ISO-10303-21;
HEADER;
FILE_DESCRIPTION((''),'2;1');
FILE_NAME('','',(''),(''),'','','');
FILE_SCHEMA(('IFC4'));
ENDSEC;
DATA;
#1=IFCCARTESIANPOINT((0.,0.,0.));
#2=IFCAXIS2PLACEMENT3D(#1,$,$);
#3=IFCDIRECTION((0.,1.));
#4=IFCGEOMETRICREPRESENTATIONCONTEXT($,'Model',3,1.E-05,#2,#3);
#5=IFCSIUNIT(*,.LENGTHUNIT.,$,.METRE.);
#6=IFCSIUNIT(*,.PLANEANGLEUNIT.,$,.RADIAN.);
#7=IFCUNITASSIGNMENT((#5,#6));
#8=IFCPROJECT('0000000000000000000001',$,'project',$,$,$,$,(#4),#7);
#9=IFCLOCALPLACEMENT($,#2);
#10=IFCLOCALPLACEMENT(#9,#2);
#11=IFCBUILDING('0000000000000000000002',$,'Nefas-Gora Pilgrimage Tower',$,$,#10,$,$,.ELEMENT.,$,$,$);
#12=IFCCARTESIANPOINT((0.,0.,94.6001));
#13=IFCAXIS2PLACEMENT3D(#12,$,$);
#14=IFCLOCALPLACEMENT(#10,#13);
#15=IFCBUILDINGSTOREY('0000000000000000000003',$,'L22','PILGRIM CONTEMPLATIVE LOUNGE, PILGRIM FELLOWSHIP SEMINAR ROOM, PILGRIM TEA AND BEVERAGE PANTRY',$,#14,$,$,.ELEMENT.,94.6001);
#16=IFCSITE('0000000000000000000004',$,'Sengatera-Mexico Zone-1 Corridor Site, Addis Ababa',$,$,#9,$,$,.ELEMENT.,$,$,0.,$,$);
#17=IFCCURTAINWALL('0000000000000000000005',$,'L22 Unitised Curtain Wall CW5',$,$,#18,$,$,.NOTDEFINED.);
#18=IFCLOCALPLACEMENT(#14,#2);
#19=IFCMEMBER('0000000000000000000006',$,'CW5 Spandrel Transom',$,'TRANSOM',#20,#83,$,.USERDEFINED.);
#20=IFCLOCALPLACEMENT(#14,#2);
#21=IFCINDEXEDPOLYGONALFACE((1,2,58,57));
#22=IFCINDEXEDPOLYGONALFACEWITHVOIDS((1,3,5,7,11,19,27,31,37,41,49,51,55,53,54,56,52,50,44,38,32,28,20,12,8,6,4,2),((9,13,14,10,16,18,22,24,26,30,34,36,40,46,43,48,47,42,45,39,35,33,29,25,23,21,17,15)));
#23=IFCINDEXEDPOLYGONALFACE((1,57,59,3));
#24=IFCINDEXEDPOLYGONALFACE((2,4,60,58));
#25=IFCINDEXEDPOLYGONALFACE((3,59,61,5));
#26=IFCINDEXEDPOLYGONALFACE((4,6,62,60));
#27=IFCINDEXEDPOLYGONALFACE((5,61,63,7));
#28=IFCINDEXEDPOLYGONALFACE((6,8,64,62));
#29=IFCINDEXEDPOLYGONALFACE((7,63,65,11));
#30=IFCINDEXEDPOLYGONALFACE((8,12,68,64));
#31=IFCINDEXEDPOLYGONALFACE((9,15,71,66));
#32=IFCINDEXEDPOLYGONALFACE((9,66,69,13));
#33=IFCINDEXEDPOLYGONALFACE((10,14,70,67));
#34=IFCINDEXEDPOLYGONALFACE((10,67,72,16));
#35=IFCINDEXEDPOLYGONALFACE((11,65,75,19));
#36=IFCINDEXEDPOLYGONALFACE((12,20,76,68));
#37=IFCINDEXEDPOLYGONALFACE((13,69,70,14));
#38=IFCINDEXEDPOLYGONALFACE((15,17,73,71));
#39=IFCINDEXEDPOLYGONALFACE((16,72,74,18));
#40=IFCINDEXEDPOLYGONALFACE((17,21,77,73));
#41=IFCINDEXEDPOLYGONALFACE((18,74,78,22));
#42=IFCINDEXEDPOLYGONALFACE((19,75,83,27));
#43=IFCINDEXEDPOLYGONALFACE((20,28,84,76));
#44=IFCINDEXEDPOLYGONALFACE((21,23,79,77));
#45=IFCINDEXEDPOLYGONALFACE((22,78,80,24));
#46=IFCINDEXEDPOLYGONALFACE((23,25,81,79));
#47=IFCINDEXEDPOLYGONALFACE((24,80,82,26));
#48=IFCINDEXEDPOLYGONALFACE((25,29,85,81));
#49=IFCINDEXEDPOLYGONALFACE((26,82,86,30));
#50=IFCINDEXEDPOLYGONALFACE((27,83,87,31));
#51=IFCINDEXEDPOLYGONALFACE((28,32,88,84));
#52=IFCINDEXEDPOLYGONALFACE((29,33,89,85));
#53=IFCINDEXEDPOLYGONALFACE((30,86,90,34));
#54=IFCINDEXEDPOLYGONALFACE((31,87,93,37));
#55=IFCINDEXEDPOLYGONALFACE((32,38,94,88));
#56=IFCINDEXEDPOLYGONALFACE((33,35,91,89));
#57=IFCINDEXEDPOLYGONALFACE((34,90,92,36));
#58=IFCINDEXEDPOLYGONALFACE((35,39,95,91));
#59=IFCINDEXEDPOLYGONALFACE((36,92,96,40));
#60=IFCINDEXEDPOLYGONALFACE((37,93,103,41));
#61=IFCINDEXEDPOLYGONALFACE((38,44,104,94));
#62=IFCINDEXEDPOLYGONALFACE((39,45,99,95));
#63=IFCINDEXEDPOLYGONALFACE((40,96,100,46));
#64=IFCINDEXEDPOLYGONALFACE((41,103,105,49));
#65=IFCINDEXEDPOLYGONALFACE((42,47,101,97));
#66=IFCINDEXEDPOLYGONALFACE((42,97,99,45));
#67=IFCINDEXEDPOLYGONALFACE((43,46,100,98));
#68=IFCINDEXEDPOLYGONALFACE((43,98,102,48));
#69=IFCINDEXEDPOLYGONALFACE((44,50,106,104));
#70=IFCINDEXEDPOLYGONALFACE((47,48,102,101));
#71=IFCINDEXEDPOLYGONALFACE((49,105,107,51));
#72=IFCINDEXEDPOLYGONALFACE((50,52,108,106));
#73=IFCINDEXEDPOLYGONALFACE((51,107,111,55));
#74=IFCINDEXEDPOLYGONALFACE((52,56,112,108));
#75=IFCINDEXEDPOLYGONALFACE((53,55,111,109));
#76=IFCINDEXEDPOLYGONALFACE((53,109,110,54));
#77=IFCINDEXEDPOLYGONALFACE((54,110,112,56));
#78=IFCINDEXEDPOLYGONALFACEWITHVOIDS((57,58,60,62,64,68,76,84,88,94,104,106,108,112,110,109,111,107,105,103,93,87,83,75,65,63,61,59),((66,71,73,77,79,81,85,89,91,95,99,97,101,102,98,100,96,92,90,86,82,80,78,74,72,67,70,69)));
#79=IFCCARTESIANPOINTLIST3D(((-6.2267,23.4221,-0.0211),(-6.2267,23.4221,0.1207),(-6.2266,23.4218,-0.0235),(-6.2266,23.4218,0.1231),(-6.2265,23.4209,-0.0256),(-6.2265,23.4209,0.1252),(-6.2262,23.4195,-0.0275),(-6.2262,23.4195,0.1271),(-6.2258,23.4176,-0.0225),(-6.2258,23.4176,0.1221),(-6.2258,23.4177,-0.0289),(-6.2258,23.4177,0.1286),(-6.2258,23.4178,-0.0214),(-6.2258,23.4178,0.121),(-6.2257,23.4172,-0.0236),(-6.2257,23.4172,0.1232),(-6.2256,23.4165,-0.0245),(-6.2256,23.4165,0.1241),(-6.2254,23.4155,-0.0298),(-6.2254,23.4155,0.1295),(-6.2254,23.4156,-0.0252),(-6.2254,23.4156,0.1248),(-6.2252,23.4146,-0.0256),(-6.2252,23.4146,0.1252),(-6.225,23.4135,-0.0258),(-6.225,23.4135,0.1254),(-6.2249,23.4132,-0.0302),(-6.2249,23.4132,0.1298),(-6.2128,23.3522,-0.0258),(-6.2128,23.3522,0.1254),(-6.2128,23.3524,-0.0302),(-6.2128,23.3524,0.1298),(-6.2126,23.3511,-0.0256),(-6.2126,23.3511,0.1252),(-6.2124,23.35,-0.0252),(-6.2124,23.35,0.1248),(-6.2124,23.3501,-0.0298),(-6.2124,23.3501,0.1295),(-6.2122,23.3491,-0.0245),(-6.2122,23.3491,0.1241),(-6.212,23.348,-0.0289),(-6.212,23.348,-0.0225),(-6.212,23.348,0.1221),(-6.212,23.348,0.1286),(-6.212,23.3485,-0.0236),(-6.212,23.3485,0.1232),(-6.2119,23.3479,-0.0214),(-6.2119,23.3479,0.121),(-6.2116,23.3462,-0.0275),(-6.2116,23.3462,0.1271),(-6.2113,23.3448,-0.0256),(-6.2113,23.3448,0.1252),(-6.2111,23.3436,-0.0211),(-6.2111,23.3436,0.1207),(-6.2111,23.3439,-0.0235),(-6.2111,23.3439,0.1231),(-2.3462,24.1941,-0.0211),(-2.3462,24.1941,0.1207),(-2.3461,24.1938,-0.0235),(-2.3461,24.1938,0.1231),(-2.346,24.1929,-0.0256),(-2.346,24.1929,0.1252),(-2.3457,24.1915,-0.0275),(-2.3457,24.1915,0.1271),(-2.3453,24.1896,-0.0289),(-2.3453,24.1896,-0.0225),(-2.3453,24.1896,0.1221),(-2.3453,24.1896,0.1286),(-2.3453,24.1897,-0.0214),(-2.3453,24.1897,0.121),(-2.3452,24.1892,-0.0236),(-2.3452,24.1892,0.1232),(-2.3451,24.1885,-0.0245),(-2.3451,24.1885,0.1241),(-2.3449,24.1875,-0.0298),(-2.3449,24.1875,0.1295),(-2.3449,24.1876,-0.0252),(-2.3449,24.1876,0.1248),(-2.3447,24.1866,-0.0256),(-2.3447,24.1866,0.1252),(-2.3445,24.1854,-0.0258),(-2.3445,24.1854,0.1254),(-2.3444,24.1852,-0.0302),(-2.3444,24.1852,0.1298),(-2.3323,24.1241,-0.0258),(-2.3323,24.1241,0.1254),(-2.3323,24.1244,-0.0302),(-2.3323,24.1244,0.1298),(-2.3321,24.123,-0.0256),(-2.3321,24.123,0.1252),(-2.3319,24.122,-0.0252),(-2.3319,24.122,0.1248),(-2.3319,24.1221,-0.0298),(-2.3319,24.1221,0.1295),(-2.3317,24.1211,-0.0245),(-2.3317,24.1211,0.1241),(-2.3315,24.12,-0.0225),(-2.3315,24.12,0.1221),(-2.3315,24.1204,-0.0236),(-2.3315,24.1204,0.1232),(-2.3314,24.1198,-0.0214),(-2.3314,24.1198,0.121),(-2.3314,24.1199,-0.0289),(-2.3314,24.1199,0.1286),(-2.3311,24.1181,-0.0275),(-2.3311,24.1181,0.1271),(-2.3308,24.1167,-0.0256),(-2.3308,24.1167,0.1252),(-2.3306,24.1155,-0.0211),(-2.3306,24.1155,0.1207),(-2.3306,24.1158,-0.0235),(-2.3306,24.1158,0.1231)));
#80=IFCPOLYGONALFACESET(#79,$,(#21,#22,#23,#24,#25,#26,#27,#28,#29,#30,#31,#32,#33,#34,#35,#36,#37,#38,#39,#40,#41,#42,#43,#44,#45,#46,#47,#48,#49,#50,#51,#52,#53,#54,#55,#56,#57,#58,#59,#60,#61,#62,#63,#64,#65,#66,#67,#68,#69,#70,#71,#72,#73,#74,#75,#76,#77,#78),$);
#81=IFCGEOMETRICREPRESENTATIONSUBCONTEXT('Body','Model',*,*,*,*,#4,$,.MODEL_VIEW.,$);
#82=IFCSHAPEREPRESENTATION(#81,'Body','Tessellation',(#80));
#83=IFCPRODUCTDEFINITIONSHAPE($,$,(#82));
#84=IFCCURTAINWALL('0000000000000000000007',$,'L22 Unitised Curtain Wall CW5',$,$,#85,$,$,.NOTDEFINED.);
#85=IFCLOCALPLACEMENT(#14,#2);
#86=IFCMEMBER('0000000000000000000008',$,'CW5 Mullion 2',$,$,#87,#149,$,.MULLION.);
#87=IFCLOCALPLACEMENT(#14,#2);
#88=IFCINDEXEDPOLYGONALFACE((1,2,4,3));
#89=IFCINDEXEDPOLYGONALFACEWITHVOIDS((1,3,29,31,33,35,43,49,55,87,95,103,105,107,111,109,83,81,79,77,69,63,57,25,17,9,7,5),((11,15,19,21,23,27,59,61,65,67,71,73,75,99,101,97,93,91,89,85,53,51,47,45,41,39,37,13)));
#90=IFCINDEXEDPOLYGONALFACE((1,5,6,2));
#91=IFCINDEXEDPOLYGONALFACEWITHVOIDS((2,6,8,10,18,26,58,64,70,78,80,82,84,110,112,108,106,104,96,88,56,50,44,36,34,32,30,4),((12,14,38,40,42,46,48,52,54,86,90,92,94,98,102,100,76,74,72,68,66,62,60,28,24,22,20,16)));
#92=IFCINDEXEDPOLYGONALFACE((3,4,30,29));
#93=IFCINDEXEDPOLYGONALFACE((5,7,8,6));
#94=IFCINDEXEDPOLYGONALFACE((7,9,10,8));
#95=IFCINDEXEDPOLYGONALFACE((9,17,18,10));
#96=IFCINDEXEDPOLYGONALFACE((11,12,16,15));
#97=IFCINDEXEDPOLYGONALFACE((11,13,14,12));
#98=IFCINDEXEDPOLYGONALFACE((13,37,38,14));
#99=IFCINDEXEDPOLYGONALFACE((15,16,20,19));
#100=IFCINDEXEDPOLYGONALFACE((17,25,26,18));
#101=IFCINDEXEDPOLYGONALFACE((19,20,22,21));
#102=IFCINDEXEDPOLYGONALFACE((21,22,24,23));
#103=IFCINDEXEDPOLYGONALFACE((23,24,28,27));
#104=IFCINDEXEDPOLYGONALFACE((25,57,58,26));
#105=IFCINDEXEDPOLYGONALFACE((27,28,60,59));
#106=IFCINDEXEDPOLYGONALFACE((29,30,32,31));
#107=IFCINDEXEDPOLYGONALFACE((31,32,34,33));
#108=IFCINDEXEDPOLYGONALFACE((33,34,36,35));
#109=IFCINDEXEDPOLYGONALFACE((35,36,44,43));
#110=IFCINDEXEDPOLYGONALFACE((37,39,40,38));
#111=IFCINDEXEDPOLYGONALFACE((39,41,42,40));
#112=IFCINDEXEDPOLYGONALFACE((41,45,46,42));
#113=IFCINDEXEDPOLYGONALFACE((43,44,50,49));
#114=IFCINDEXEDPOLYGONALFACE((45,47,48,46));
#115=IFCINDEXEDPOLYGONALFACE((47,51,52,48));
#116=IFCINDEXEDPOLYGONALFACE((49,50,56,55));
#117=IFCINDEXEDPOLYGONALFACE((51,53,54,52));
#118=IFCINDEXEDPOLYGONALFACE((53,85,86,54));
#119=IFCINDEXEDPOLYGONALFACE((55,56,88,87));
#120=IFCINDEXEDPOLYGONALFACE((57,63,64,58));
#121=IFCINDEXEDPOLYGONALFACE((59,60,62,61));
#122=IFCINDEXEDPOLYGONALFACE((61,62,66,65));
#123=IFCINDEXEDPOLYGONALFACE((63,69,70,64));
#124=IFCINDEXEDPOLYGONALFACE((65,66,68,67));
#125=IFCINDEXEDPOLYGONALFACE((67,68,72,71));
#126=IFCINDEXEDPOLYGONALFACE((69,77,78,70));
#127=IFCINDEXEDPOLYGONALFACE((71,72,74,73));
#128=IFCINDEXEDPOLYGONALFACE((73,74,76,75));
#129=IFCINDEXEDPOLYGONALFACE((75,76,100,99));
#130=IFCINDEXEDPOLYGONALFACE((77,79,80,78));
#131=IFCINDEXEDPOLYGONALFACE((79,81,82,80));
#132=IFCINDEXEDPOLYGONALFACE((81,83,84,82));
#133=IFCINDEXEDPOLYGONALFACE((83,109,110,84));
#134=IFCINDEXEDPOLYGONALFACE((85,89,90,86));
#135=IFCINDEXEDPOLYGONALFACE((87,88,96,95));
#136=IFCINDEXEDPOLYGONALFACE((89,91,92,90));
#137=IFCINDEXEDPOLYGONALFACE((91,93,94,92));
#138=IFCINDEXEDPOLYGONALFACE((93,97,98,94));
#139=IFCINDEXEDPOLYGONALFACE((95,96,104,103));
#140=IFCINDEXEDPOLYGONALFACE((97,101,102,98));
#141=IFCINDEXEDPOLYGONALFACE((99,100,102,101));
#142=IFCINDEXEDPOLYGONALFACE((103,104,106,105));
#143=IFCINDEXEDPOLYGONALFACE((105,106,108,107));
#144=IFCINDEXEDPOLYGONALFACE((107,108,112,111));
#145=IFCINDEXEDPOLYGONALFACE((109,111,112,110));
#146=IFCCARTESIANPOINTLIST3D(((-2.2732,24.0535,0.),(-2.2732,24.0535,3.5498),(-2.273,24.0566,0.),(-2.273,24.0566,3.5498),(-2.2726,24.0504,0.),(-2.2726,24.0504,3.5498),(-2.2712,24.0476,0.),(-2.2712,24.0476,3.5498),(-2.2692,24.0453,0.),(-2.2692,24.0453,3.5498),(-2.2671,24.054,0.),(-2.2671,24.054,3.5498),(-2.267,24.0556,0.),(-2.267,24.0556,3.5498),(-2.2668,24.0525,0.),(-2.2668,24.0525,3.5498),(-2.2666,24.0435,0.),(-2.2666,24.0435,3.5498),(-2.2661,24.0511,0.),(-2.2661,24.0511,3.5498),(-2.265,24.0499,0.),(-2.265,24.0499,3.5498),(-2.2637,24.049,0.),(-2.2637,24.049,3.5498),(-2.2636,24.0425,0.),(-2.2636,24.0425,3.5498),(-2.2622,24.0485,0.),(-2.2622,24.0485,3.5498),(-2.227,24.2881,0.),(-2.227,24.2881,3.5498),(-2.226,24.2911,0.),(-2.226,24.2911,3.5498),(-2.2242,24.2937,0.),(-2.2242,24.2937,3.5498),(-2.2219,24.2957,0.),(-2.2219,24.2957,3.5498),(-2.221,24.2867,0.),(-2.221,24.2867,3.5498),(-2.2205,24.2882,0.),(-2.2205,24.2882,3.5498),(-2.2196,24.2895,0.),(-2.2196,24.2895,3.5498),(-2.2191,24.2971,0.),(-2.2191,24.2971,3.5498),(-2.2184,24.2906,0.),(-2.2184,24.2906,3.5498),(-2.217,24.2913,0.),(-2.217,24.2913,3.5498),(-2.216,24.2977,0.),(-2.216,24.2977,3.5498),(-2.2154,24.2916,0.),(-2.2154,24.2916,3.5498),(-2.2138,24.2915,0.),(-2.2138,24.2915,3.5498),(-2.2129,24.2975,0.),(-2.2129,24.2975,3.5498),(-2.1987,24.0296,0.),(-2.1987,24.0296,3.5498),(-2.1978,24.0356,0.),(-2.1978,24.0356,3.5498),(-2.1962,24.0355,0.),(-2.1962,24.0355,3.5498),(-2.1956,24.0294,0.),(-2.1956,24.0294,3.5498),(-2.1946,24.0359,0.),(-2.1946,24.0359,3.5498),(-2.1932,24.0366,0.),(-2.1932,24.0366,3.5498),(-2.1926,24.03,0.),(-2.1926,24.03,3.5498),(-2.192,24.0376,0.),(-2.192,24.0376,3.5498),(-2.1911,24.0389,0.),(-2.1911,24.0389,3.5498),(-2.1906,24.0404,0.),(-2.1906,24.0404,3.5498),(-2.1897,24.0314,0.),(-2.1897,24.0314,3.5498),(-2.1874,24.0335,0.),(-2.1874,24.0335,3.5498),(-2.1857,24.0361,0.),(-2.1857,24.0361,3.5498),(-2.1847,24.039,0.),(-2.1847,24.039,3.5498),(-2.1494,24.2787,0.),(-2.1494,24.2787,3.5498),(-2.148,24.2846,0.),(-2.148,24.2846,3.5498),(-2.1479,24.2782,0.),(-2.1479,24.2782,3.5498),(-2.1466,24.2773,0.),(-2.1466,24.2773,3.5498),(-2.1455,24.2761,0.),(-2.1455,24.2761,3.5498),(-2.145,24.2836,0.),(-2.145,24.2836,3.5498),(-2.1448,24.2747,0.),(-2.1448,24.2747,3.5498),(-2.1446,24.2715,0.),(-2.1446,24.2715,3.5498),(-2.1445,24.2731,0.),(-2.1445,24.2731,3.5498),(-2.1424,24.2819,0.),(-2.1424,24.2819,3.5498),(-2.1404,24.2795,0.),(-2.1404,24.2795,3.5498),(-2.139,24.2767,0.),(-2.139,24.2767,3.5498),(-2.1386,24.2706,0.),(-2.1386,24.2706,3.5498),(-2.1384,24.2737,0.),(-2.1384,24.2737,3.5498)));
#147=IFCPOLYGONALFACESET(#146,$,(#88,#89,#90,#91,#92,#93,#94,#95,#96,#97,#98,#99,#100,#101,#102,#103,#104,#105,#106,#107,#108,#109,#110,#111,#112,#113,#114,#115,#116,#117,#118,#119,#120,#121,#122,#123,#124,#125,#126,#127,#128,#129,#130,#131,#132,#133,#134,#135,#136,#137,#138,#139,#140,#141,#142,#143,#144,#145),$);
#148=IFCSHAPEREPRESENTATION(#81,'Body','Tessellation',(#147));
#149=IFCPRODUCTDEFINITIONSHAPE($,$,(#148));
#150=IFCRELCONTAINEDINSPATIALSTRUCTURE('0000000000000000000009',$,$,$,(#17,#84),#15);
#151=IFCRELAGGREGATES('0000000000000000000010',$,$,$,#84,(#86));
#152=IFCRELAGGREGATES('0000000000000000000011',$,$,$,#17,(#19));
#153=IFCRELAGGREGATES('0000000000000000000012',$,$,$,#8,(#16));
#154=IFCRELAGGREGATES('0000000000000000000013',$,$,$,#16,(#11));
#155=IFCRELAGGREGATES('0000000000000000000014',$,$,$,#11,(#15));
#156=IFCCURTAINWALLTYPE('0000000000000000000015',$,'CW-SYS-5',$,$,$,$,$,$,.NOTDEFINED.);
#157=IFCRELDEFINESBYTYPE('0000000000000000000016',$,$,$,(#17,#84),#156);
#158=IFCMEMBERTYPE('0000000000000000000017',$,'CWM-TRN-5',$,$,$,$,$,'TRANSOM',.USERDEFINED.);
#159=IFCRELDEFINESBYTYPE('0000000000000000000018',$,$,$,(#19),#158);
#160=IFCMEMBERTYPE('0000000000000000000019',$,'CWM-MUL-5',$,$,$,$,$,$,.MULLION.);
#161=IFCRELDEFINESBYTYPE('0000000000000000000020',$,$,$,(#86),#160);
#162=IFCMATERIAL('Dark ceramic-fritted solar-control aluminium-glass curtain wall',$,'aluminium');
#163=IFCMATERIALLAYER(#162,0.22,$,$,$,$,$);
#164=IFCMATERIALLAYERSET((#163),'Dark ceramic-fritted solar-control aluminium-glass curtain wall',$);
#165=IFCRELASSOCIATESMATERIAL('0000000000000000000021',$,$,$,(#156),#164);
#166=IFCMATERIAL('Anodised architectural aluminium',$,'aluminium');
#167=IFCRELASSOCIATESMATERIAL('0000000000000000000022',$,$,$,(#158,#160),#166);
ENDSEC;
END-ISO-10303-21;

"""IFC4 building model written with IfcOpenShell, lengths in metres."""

from ifc_helpers import new_model, si_unit, direction, frame, origin, origin_2d, place, context, subcontext, project, spatial, hollow_rectangle, extrude, source, transform, mapped, material, layer, layer_set, material_profile, profile_set, type_object, element, aggregate, save


model = new_model("IFC4")

# Units and contexts
model_context = context("Model", 3, precision=1e-05, world=origin(), true_north=direction((0.0, 1.0)))
body_context = subcontext(model_context, "Body", "Model", "MODEL_VIEW")
ifc_project = project(units=[si_unit("LENGTHUNIT", "METRE"), si_unit("PLANEANGLEUNIT", "RADIAN")], contexts=[model_context])

# Site, building, storey
site_placement = place(None, origin())
site = spatial("IfcSite", under=ifc_project, at=site_placement, Name="Sengatera-Mexico Zone-1 Corridor Site, Addis Ababa", CompositionType="ELEMENT", RefElevation=0.0)
building_placement = place(site_placement, origin())
building = spatial("IfcBuilding", under=site, at=building_placement, Name="Nefas-Gora Pilgrimage Tower", CompositionType="ELEMENT")
storey_placement = place(building_placement, frame((0.0, 0.0, 94.6001)))
storey = spatial("IfcBuildingStorey", under=building, at=storey_placement, Name="L22", Description="PILGRIM CONTEMPLATIVE LOUNGE, PILGRIM FELLOWSHIP SEMINAR ROOM, PILGRIM TEA AND BEVERAGE PANTRY", CompositionType="ELEMENT", Elevation=94.6001)

# Curtain walls, members
ifc_material_1 = material(Name="Dark ceramic-fritted solar-control aluminium-glass curtain wall", Category="aluminium")
ifc_layer_1 = layer(ifc_material_1, 0.22)
ifc_layer_set_1 = layer_set([ifc_layer_1], Name="Dark ceramic-fritted solar-control aluminium-glass curtain wall")
curtain_wall_type = type_object("IfcCurtainWallType", Name="CW-SYS-5", PredefinedType="NOTDEFINED", material=ifc_layer_set_1)
ifc_material_2 = material(Name="Anodised architectural aluminium", Category="aluminium")
ifc_material_profile_1 = material_profile(ifc_material_2, hollow_rectangle(XDim=0.0801, YDim=0.1599, WallThickness=0.0044, InnerFilletRadius=0.0044, OuterFilletRadius=0.009, at=origin_2d()), Name="ALU TRANSOM 80x160")
ifc_profile_set_1 = profile_set([ifc_material_profile_1], Name="Anodised architectural aluminium")
member_type_1 = type_object("IfcMemberType", Name="CWM-TRN-5", ElementType="TRANSOM", PredefinedType="USERDEFINED", material=ifc_profile_set_1)
curtain_wall_1_placement = place(storey_placement, origin())
curtain_wall_1 = element("IfcCurtainWall", 1, at=curtain_wall_1_placement, inside=storey, type_object=curtain_wall_type, Name="L22 Unitised Curtain Wall CW5", PredefinedType="NOTDEFINED")
shared_shape_1 = source(origin(), body_context, "Body", "SweptSolid", [
    extrude(hollow_rectangle(XDim=0.0801, YDim=0.1599, WallThickness=0.0044, InnerFilletRadius=0.0044, OuterFilletRadius=0.009, at=origin_2d()), origin(), (0.0, 0.0, 1.0), 3.9565),
])
member_1_placement = place(storey_placement, frame((-2.3384, 24.1548, 0.0498), z_axis=(-0.980782, -0.195107, 0.0), x_axis=(0.195107, -0.980782, 0.0)))
member_1 = element("IfcMember", 2, at=member_1_placement, type_object=member_type_1, Name="CW5 Spandrel Transom", ObjectType="TRANSOM", PredefinedType="USERDEFINED", context=body_context, shape_type="MappedRepresentation", body=[
    mapped(shared_shape_1, transform((0.0, 0.0, 0.0), x_axis=(1.0, 0.0, 0.0), y_axis=(0.0, 1.0, 0.0), z_axis=(0.0, 0.0, 1.0), scale=1.0)),
])
curtain_wall_2_placement = place(storey_placement, origin())
curtain_wall_2 = element("IfcCurtainWall", 3, at=curtain_wall_2_placement, inside=storey, type_object=curtain_wall_type, Name="L22 Unitised Curtain Wall CW5", PredefinedType="NOTDEFINED")
ifc_material_profile_2 = material_profile(ifc_material_2, hollow_rectangle(XDim=0.0901, YDim=0.26, WallThickness=0.0061, InnerFilletRadius=0.0061, OuterFilletRadius=0.012, at=origin_2d()), Name="ALU MULLION 90x260")
ifc_profile_set_2 = profile_set([ifc_material_profile_2], Name="Anodised architectural aluminium")
member_type_2 = type_object("IfcMemberType", Name="CWM-MUL-5", PredefinedType="MULLION", material=ifc_profile_set_2)
shared_shape_2 = source(origin(), body_context, "Body", "SweptSolid", [
    extrude(hollow_rectangle(XDim=0.0901, YDim=0.26, WallThickness=0.0061, InnerFilletRadius=0.0061, OuterFilletRadius=0.012, at=origin_2d()), origin(), (0.0, 0.0, 1.0), 3.5498),
])
member_2_placement = place(storey_placement, frame((-2.2058, 24.1636, 0.0), z_axis=(0.0, 0.0, 1.0), x_axis=(-0.980783, 0.195102, 0.0)))
member_2 = element("IfcMember", 4, at=member_2_placement, type_object=member_type_2, Name="CW5 Mullion 2", PredefinedType="MULLION", context=body_context, shape_type="MappedRepresentation", body=[
    mapped(shared_shape_2, transform((0.0, 0.0, 0.0), x_axis=(1.0, 0.0, 0.0), y_axis=(0.0, 1.0, 0.0), z_axis=(0.0, 0.0, 1.0), scale=1.0)),
])

aggregate(curtain_wall_2, [member_2])
aggregate(curtain_wall_1, [member_1])

save(model, "model.ifc")
